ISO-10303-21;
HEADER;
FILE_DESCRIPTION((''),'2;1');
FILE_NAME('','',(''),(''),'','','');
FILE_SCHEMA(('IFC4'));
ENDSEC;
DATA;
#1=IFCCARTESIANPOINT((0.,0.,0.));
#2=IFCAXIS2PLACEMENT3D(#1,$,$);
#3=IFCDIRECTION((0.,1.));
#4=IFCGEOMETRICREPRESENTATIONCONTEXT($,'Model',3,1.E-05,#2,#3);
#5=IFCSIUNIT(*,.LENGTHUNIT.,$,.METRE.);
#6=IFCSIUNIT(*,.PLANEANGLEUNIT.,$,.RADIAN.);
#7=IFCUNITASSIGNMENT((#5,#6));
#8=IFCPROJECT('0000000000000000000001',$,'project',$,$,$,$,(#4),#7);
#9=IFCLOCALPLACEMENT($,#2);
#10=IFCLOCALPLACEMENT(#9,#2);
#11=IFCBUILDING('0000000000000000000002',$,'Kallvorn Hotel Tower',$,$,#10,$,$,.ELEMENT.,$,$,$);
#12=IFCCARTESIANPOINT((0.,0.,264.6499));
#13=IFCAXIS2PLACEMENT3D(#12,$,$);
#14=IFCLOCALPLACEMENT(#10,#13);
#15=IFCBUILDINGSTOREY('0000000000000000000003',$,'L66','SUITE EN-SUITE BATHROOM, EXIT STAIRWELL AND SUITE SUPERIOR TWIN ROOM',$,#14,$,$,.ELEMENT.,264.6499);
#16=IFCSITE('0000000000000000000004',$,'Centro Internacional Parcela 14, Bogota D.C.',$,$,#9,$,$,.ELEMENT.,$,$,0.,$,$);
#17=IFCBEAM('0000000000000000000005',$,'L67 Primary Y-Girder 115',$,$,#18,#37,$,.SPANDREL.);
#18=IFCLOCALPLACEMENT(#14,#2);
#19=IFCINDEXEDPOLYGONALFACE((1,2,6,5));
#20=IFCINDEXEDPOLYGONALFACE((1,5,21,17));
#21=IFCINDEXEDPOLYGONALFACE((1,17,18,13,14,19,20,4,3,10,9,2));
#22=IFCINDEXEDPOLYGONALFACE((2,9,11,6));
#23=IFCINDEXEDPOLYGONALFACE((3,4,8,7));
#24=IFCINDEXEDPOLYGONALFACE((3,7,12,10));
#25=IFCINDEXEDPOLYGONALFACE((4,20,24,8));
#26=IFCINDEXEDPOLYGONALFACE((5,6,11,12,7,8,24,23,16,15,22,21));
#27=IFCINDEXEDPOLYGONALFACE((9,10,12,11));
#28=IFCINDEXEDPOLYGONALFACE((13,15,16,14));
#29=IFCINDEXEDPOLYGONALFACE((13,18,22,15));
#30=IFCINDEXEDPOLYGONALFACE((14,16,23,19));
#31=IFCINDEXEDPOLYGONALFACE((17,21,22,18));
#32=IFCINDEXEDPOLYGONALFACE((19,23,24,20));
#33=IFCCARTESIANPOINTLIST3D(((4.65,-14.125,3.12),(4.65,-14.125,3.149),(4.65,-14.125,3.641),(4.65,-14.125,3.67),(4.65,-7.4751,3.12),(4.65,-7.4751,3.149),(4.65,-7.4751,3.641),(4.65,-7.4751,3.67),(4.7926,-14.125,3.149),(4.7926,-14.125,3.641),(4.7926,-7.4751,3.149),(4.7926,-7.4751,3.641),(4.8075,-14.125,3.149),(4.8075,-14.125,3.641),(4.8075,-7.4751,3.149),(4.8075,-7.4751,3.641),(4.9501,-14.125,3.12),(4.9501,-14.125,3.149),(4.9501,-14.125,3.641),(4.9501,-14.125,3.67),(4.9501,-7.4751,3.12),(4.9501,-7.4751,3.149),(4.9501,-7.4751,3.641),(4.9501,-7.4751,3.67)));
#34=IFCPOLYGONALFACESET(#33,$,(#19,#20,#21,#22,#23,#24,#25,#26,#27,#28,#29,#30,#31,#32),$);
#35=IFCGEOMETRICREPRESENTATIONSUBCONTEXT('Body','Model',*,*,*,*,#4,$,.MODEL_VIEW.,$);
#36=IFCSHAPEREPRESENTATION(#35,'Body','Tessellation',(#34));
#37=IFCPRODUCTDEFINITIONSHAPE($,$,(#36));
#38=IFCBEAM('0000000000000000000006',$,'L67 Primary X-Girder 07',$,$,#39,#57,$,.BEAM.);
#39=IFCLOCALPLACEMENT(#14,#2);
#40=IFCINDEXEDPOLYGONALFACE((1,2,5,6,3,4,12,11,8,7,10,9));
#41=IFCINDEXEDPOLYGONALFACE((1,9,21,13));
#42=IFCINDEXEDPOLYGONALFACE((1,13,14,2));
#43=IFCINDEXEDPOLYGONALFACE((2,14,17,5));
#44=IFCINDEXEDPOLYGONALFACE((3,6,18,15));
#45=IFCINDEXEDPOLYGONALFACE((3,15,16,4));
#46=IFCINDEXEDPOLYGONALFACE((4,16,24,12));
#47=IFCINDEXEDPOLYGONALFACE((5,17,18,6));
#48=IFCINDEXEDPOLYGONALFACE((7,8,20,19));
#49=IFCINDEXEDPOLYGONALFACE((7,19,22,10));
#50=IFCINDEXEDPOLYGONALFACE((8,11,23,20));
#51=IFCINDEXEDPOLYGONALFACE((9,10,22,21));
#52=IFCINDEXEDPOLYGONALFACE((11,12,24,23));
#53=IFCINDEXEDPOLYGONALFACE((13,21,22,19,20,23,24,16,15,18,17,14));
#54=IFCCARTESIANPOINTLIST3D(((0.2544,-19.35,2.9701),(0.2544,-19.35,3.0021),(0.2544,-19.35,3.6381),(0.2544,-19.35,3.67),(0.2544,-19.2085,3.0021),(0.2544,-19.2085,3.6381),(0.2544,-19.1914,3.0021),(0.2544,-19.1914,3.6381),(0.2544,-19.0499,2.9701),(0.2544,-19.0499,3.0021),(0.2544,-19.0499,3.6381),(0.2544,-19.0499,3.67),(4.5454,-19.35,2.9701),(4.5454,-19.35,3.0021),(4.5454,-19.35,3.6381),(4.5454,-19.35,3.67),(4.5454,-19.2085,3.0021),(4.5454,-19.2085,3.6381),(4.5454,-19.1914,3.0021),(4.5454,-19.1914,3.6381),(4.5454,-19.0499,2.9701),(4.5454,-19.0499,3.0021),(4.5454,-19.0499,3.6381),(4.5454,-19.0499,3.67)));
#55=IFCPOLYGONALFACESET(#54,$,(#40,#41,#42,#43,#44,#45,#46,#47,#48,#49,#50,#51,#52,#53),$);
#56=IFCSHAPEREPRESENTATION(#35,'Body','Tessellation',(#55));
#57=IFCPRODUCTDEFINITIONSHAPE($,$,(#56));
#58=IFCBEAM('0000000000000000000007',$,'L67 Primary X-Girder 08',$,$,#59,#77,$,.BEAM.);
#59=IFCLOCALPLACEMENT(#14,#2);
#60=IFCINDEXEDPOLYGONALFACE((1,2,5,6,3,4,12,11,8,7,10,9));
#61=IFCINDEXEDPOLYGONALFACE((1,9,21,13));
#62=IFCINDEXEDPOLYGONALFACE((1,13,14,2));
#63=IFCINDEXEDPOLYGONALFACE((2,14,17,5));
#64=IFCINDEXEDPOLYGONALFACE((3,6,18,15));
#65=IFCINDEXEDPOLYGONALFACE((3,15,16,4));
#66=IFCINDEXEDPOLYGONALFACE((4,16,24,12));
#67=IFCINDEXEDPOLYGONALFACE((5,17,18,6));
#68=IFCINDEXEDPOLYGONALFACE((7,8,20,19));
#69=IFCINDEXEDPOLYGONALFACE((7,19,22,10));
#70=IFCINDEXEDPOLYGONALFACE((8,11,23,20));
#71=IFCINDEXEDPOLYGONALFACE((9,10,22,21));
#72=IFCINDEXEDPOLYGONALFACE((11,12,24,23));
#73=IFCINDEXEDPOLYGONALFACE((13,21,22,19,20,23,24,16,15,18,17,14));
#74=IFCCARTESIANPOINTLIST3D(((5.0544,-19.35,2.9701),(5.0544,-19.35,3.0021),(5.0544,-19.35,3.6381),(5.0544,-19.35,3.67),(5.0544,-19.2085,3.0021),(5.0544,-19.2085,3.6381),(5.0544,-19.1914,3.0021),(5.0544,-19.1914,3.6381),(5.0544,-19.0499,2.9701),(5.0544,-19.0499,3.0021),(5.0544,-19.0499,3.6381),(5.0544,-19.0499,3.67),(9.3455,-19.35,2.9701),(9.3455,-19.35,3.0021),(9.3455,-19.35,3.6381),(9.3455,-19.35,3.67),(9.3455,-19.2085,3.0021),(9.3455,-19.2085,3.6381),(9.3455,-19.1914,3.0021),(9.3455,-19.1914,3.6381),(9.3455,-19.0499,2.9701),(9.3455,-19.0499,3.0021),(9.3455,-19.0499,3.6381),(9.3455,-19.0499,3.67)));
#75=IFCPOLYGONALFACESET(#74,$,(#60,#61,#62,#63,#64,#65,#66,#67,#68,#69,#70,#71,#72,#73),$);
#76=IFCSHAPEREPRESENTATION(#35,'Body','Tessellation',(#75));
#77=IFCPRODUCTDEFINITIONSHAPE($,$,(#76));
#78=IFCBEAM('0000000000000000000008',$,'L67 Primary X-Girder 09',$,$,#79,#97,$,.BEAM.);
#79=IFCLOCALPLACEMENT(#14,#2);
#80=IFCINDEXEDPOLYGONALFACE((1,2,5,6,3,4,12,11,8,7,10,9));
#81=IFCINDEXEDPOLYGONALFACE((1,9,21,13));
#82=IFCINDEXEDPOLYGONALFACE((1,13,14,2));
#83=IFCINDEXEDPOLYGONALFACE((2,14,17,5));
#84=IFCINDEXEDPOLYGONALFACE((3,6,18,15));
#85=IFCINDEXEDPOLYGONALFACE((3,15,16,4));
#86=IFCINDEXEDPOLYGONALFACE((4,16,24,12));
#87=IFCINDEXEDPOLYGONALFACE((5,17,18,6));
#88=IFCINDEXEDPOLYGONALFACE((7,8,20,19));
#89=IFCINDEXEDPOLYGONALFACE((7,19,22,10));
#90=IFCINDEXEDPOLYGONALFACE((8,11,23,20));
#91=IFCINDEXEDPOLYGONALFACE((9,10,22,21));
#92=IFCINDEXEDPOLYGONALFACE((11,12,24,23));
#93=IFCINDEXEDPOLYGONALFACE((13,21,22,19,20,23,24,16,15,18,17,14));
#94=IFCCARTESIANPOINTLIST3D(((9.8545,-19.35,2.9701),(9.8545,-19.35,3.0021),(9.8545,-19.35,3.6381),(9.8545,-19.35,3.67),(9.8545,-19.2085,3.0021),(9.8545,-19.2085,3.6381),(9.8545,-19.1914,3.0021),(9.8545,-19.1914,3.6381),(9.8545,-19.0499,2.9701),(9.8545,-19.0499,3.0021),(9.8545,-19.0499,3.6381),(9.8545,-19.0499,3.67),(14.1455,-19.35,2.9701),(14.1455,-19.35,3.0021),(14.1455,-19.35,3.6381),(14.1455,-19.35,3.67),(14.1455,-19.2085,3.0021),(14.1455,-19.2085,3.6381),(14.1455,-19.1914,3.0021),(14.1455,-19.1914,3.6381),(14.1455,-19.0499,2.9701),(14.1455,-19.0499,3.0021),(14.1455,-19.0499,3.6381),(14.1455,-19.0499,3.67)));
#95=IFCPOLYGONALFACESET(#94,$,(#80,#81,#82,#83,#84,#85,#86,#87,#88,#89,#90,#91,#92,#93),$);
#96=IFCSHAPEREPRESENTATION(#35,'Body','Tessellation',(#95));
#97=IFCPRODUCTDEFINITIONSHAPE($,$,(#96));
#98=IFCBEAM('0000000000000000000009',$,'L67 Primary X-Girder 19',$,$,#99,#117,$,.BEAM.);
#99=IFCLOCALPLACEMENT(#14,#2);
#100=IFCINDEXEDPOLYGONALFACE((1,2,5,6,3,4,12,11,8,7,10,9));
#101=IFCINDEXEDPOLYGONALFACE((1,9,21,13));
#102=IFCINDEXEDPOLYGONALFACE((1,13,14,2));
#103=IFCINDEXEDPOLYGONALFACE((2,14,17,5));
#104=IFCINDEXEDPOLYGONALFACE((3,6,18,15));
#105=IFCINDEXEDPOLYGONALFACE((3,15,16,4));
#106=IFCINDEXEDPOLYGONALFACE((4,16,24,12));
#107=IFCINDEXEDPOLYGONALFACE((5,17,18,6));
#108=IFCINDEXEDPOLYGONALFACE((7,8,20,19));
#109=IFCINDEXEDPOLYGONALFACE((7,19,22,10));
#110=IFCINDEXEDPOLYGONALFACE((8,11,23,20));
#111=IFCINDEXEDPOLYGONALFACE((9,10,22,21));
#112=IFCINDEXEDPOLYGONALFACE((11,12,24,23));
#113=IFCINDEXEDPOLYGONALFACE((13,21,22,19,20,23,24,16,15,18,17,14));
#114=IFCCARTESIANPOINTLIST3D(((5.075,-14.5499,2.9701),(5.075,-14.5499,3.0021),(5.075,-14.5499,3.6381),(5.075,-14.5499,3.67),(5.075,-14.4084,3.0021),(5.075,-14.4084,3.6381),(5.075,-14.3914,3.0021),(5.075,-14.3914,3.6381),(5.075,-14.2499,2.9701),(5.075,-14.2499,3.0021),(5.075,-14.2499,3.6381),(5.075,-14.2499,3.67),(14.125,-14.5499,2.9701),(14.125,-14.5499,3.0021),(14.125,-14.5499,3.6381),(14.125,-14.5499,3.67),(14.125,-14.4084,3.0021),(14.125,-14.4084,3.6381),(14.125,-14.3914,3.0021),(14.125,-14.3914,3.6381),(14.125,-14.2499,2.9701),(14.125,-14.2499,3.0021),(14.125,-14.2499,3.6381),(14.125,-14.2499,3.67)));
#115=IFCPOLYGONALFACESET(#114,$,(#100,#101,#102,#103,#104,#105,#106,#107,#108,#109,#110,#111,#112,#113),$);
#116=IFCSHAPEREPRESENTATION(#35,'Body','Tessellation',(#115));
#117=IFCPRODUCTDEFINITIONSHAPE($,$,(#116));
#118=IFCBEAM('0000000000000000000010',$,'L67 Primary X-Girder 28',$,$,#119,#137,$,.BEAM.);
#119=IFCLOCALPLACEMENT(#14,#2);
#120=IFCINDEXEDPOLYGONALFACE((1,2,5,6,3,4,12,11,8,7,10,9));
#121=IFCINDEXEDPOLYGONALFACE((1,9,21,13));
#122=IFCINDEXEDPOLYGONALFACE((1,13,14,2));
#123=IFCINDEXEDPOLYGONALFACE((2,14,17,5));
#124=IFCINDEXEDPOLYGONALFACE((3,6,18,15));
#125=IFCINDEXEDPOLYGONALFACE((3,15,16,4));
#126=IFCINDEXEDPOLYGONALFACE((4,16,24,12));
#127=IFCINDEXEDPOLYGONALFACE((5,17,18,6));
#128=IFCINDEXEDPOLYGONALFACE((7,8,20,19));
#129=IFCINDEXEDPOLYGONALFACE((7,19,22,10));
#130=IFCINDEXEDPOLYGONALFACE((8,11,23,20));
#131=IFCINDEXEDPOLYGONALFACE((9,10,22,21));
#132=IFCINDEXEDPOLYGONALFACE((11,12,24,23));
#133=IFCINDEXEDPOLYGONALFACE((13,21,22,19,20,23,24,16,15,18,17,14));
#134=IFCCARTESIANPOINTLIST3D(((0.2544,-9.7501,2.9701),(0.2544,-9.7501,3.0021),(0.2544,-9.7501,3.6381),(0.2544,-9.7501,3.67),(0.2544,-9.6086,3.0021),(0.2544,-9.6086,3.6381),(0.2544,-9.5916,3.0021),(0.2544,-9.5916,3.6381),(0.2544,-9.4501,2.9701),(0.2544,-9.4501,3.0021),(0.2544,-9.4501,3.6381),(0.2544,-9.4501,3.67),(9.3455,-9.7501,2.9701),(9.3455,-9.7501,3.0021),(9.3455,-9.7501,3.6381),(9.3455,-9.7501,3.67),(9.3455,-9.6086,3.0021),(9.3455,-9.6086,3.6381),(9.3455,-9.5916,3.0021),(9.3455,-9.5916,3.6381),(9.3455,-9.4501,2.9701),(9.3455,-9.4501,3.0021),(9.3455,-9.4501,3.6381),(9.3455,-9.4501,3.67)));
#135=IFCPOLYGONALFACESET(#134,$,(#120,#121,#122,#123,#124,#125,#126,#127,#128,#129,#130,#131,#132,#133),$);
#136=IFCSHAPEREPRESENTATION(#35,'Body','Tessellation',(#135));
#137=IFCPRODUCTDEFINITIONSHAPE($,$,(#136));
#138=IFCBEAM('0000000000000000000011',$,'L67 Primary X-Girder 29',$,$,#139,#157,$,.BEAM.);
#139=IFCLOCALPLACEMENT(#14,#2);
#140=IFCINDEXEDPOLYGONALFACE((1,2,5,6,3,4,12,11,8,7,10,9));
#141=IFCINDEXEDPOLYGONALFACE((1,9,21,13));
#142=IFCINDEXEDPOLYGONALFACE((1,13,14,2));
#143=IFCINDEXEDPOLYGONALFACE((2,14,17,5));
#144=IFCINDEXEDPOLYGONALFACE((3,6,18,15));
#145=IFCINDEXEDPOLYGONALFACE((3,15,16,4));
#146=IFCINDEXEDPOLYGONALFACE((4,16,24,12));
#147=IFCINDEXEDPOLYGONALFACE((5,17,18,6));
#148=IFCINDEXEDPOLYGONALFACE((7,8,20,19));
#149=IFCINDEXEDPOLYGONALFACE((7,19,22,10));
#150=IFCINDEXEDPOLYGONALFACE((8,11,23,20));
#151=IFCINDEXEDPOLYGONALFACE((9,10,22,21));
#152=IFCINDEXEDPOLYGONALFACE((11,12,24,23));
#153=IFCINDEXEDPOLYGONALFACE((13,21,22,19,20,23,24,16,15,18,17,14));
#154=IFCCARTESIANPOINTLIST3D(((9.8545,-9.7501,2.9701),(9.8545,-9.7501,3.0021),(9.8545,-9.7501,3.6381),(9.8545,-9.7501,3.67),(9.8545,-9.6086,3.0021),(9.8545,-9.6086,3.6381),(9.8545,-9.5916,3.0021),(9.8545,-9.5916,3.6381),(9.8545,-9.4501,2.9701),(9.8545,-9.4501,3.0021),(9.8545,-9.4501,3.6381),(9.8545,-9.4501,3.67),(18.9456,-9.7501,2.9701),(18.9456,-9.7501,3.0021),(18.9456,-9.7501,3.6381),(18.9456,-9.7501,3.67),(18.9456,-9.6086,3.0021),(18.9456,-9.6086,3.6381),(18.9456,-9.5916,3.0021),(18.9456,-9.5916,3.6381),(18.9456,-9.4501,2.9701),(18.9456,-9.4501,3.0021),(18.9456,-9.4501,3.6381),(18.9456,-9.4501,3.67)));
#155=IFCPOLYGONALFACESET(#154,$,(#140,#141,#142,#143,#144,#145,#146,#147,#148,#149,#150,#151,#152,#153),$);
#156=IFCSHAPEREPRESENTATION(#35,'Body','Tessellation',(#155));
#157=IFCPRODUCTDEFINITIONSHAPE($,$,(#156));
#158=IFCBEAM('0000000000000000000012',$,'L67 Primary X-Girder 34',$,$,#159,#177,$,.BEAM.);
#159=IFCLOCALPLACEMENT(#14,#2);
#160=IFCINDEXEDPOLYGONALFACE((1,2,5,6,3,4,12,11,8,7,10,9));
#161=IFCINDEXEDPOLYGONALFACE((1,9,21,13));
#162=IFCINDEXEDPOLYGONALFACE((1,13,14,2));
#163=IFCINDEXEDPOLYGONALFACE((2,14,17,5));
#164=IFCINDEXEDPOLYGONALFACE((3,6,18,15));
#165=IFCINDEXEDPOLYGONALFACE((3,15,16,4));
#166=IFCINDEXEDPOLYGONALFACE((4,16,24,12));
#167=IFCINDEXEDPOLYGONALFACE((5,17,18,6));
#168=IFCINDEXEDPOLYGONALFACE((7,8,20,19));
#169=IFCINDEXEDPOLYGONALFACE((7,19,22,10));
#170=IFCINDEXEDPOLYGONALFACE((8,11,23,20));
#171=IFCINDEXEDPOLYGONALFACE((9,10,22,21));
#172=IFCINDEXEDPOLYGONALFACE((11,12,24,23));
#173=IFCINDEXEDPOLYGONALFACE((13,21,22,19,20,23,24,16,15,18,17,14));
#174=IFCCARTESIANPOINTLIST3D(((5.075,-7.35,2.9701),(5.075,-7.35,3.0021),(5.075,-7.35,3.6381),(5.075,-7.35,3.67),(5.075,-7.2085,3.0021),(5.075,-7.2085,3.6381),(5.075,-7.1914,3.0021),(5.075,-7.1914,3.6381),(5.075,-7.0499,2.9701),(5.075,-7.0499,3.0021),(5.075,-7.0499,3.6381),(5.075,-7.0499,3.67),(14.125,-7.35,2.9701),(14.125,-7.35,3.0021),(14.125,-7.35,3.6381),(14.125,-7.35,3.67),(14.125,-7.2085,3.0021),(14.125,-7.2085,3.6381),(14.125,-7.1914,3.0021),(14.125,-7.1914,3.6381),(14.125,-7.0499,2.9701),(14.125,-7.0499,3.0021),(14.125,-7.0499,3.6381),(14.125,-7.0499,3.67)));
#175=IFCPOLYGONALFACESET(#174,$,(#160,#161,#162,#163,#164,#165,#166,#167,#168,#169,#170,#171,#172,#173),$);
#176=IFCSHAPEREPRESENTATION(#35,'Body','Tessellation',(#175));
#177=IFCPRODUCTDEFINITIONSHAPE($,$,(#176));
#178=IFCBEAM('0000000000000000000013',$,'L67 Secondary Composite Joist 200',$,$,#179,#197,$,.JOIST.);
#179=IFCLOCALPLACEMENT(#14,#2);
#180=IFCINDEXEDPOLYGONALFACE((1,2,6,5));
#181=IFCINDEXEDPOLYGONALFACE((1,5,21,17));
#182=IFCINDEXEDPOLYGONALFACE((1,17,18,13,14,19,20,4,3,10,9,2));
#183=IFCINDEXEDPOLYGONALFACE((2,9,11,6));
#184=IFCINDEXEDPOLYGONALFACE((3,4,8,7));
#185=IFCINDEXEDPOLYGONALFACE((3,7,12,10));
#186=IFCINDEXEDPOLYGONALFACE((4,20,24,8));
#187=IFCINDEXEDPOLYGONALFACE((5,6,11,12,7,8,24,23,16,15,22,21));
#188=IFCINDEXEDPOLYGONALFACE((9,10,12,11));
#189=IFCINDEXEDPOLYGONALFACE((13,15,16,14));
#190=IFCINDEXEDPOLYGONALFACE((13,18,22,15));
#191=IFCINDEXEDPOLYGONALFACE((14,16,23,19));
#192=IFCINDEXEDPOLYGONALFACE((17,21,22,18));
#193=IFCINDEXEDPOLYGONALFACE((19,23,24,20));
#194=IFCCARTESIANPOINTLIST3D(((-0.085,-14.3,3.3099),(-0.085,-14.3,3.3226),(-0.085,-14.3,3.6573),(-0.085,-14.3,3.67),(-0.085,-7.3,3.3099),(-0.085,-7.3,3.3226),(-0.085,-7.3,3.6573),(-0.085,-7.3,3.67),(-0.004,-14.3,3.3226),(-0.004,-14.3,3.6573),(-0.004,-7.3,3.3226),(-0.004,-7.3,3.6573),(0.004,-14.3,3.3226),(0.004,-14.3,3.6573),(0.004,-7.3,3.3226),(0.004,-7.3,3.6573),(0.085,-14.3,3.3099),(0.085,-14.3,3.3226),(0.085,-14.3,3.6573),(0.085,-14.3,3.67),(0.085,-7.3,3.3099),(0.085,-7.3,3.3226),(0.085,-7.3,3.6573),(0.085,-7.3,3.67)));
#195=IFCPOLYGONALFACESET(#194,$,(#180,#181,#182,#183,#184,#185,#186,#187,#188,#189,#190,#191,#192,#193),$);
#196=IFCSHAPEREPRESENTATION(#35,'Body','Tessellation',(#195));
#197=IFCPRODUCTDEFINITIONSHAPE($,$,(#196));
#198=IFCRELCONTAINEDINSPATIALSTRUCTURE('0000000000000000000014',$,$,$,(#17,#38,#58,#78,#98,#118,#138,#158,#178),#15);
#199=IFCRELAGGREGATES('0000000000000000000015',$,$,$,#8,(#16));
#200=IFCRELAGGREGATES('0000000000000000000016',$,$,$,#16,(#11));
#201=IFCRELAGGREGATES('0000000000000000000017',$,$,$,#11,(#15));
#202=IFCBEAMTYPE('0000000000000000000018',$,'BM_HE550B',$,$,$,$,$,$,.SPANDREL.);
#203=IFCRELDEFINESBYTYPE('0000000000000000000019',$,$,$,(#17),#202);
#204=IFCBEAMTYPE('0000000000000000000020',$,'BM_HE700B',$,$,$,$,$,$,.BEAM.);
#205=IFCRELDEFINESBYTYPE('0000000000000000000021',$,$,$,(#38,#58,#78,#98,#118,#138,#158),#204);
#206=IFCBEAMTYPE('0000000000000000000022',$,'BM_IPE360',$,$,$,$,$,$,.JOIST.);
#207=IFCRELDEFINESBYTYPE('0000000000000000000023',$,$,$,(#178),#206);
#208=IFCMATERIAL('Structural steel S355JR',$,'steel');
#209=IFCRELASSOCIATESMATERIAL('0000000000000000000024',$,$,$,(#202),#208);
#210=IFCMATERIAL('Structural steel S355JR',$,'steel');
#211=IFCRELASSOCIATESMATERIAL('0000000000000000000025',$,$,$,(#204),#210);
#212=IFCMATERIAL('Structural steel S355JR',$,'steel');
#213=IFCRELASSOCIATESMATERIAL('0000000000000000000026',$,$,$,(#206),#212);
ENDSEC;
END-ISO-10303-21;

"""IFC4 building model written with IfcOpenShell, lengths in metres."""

from ifc_helpers import new_model, si_unit, direction, frame, origin, origin_2d, place, context, subcontext, project, spatial, i_section, extrude, material, material_profile, profile_set, type_object, element, save


model = new_model("IFC4")

# Units and contexts
model_context = context("Model", 3, precision=1e-05, world=origin(), true_north=direction((0.0, 1.0)))
body_context = subcontext(model_context, "Body", "Model", "MODEL_VIEW")
ifc_project = project(units=[si_unit("LENGTHUNIT", "METRE"), si_unit("PLANEANGLEUNIT", "RADIAN")], contexts=[model_context])

# Site, building, storey
site_placement = place(None, origin())
site = spatial("IfcSite", under=ifc_project, at=site_placement, Name="Centro Internacional Parcela 14, Bogota D.C.", CompositionType="ELEMENT", RefElevation=0.0)
building_placement = place(site_placement, origin())
building = spatial("IfcBuilding", under=site, at=building_placement, Name="Kallvorn Hotel Tower", CompositionType="ELEMENT")
storey_placement = place(building_placement, frame((0.0, 0.0, 264.6499)))
storey = spatial("IfcBuildingStorey", under=building, at=storey_placement, Name="L66", Description="SUITE EN-SUITE BATHROOM, EXIT STAIRWELL AND SUITE SUPERIOR TWIN ROOM", CompositionType="ELEMENT", Elevation=264.6499)

# Beams
ifc_material_1 = material(Name="Structural steel S355JR", Category="steel")
ifc_material_profile_1 = material_profile(ifc_material_1, i_section(OverallWidth=0.3, OverallDepth=0.55, WebThickness=0.0149, FlangeThickness=0.0291, at=origin_2d()), Name="HE 550 B")
ifc_profile_set_1 = profile_set([ifc_material_profile_1], Name="Structural steel S355JR")
beam_type_1 = type_object("IfcBeamType", Name="BM_HE550B", PredefinedType="SPANDREL", material=ifc_profile_set_1)
beam_1_placement = place(storey_placement, frame((4.8, -14.125, 3.395), z_axis=(0.0, 1.0, 0.0), x_axis=(-1.0, 0.0, 0.0)))
element("IfcBeam", 1, at=beam_1_placement, inside=storey, type_object=beam_type_1, Name="L67 Primary Y-Girder 115", PredefinedType="SPANDREL", context=body_context, shape_type="SweptSolid", body=[
    extrude(i_section(OverallWidth=0.3, OverallDepth=0.55, WebThickness=0.0149, FlangeThickness=0.0291, at=origin_2d()), origin(), (0.0, 0.0, 1.0), 6.6499),
])
ifc_material_2 = material(Name="Structural steel S355JR", Category="steel")
ifc_material_profile_2 = material_profile(ifc_material_2, i_section(OverallWidth=0.3, OverallDepth=0.7, WebThickness=0.0171, FlangeThickness=0.032, at=origin_2d()), Name="HE 700 B")
ifc_profile_set_2 = profile_set([ifc_material_profile_2], Name="Structural steel S355JR")
beam_type_2 = type_object("IfcBeamType", Name="BM_HE700B", PredefinedType="BEAM", material=ifc_profile_set_2)
for number, where, z_axis, x_axis, name in (
    (2, (0.2544, -19.2, 3.3201), (1.0, 0.0, 0.0), (0.0, 1.0, 0.0), "L67 Primary X-Girder 07"),
    (3, (5.0544, -19.2, 3.3201), (1.0, 0.0, 0.0), (0.0, 1.0, 0.0), "L67 Primary X-Girder 08"),
    (4, (9.8545, -19.2, 3.3201), (1.0, 0.0, 0.0), (0.0, 1.0, 0.0), "L67 Primary X-Girder 09"),
):
    element("IfcBeam", number, at=place(storey_placement, frame(where, z_axis=z_axis, x_axis=x_axis)), inside=storey, type_object=beam_type_2, Name=name, PredefinedType="BEAM", context=body_context, shape_type="SweptSolid", body=[
        extrude(i_section(OverallWidth=0.3, OverallDepth=0.7, WebThickness=0.0171, FlangeThickness=0.032, at=origin_2d()), origin(), (0.0, 0.0, 1.0), 4.291),
    ])
beam_2_placement = place(storey_placement, frame((5.075, -14.3999, 3.3201), z_axis=(1.0, 0.0, 0.0), x_axis=(0.0, 1.0, 0.0)))
element("IfcBeam", 5, at=beam_2_placement, inside=storey, type_object=beam_type_2, Name="L67 Primary X-Girder 19", PredefinedType="BEAM", context=body_context, shape_type="SweptSolid", body=[
    extrude(i_section(OverallWidth=0.3, OverallDepth=0.7, WebThickness=0.0171, FlangeThickness=0.032, at=origin_2d()), origin(), (0.0, 0.0, 1.0), 9.05),
])
for number, where, z_axis, x_axis, name in (
    (6, (0.2544, -9.6001, 3.3201), (1.0, 0.0, 0.0), (0.0, 1.0, 0.0), "L67 Primary X-Girder 28"),
    (7, (9.8545, -9.6001, 3.3201), (1.0, 0.0, 0.0), (0.0, 1.0, 0.0), "L67 Primary X-Girder 29"),
):
    element("IfcBeam", number, at=place(storey_placement, frame(where, z_axis=z_axis, x_axis=x_axis)), inside=storey, type_object=beam_type_2, Name=name, PredefinedType="BEAM", context=body_context, shape_type="SweptSolid", body=[
        extrude(i_section(OverallWidth=0.3, OverallDepth=0.7, WebThickness=0.0171, FlangeThickness=0.032, at=origin_2d()), origin(), (0.0, 0.0, 1.0), 9.0911),
    ])
beam_3_placement = place(storey_placement, frame((5.075, -7.2, 3.3201), z_axis=(1.0, 0.0, 0.0), x_axis=(0.0, 1.0, 0.0)))
element("IfcBeam", 8, at=beam_3_placement, inside=storey, type_object=beam_type_2, Name="L67 Primary X-Girder 34", PredefinedType="BEAM", context=body_context, shape_type="SweptSolid", body=[
    extrude(i_section(OverallWidth=0.3, OverallDepth=0.7, WebThickness=0.0171, FlangeThickness=0.032, at=origin_2d()), origin(), (0.0, 0.0, 1.0), 9.05),
])
ifc_material_3 = material(Name="Structural steel S355JR", Category="steel")
ifc_material_profile_3 = material_profile(ifc_material_3, i_section(OverallWidth=0.1699, OverallDepth=0.3601, WebThickness=0.0081, FlangeThickness=0.0127, at=origin_2d()), Name="IPE 360")
ifc_profile_set_3 = profile_set([ifc_material_profile_3], Name="Structural steel S355JR")
beam_type_3 = type_object("IfcBeamType", Name="BM_IPE360", PredefinedType="JOIST", material=ifc_profile_set_3)
for number, where, z_axis, x_axis, name in (
    (9, (0.0, -14.3, 3.49), (0.0, 1.0, 0.0), (-1.0, 0.0, 0.0), "L67 Secondary Composite Joist 200"),
):
    element("IfcBeam", number, at=place(storey_placement, frame(where, z_axis=z_axis, x_axis=x_axis)), inside=storey, type_object=beam_type_3, Name=name, PredefinedType="JOIST", context=body_context, shape_type="SweptSolid", body=[
        extrude(i_section(OverallWidth=0.1699, OverallDepth=0.3601, WebThickness=0.0081, FlangeThickness=0.0127, at=origin_2d()), origin(), (0.0, 0.0, 1.0), 7.0),
    ])

save(model, "model.ifc")
